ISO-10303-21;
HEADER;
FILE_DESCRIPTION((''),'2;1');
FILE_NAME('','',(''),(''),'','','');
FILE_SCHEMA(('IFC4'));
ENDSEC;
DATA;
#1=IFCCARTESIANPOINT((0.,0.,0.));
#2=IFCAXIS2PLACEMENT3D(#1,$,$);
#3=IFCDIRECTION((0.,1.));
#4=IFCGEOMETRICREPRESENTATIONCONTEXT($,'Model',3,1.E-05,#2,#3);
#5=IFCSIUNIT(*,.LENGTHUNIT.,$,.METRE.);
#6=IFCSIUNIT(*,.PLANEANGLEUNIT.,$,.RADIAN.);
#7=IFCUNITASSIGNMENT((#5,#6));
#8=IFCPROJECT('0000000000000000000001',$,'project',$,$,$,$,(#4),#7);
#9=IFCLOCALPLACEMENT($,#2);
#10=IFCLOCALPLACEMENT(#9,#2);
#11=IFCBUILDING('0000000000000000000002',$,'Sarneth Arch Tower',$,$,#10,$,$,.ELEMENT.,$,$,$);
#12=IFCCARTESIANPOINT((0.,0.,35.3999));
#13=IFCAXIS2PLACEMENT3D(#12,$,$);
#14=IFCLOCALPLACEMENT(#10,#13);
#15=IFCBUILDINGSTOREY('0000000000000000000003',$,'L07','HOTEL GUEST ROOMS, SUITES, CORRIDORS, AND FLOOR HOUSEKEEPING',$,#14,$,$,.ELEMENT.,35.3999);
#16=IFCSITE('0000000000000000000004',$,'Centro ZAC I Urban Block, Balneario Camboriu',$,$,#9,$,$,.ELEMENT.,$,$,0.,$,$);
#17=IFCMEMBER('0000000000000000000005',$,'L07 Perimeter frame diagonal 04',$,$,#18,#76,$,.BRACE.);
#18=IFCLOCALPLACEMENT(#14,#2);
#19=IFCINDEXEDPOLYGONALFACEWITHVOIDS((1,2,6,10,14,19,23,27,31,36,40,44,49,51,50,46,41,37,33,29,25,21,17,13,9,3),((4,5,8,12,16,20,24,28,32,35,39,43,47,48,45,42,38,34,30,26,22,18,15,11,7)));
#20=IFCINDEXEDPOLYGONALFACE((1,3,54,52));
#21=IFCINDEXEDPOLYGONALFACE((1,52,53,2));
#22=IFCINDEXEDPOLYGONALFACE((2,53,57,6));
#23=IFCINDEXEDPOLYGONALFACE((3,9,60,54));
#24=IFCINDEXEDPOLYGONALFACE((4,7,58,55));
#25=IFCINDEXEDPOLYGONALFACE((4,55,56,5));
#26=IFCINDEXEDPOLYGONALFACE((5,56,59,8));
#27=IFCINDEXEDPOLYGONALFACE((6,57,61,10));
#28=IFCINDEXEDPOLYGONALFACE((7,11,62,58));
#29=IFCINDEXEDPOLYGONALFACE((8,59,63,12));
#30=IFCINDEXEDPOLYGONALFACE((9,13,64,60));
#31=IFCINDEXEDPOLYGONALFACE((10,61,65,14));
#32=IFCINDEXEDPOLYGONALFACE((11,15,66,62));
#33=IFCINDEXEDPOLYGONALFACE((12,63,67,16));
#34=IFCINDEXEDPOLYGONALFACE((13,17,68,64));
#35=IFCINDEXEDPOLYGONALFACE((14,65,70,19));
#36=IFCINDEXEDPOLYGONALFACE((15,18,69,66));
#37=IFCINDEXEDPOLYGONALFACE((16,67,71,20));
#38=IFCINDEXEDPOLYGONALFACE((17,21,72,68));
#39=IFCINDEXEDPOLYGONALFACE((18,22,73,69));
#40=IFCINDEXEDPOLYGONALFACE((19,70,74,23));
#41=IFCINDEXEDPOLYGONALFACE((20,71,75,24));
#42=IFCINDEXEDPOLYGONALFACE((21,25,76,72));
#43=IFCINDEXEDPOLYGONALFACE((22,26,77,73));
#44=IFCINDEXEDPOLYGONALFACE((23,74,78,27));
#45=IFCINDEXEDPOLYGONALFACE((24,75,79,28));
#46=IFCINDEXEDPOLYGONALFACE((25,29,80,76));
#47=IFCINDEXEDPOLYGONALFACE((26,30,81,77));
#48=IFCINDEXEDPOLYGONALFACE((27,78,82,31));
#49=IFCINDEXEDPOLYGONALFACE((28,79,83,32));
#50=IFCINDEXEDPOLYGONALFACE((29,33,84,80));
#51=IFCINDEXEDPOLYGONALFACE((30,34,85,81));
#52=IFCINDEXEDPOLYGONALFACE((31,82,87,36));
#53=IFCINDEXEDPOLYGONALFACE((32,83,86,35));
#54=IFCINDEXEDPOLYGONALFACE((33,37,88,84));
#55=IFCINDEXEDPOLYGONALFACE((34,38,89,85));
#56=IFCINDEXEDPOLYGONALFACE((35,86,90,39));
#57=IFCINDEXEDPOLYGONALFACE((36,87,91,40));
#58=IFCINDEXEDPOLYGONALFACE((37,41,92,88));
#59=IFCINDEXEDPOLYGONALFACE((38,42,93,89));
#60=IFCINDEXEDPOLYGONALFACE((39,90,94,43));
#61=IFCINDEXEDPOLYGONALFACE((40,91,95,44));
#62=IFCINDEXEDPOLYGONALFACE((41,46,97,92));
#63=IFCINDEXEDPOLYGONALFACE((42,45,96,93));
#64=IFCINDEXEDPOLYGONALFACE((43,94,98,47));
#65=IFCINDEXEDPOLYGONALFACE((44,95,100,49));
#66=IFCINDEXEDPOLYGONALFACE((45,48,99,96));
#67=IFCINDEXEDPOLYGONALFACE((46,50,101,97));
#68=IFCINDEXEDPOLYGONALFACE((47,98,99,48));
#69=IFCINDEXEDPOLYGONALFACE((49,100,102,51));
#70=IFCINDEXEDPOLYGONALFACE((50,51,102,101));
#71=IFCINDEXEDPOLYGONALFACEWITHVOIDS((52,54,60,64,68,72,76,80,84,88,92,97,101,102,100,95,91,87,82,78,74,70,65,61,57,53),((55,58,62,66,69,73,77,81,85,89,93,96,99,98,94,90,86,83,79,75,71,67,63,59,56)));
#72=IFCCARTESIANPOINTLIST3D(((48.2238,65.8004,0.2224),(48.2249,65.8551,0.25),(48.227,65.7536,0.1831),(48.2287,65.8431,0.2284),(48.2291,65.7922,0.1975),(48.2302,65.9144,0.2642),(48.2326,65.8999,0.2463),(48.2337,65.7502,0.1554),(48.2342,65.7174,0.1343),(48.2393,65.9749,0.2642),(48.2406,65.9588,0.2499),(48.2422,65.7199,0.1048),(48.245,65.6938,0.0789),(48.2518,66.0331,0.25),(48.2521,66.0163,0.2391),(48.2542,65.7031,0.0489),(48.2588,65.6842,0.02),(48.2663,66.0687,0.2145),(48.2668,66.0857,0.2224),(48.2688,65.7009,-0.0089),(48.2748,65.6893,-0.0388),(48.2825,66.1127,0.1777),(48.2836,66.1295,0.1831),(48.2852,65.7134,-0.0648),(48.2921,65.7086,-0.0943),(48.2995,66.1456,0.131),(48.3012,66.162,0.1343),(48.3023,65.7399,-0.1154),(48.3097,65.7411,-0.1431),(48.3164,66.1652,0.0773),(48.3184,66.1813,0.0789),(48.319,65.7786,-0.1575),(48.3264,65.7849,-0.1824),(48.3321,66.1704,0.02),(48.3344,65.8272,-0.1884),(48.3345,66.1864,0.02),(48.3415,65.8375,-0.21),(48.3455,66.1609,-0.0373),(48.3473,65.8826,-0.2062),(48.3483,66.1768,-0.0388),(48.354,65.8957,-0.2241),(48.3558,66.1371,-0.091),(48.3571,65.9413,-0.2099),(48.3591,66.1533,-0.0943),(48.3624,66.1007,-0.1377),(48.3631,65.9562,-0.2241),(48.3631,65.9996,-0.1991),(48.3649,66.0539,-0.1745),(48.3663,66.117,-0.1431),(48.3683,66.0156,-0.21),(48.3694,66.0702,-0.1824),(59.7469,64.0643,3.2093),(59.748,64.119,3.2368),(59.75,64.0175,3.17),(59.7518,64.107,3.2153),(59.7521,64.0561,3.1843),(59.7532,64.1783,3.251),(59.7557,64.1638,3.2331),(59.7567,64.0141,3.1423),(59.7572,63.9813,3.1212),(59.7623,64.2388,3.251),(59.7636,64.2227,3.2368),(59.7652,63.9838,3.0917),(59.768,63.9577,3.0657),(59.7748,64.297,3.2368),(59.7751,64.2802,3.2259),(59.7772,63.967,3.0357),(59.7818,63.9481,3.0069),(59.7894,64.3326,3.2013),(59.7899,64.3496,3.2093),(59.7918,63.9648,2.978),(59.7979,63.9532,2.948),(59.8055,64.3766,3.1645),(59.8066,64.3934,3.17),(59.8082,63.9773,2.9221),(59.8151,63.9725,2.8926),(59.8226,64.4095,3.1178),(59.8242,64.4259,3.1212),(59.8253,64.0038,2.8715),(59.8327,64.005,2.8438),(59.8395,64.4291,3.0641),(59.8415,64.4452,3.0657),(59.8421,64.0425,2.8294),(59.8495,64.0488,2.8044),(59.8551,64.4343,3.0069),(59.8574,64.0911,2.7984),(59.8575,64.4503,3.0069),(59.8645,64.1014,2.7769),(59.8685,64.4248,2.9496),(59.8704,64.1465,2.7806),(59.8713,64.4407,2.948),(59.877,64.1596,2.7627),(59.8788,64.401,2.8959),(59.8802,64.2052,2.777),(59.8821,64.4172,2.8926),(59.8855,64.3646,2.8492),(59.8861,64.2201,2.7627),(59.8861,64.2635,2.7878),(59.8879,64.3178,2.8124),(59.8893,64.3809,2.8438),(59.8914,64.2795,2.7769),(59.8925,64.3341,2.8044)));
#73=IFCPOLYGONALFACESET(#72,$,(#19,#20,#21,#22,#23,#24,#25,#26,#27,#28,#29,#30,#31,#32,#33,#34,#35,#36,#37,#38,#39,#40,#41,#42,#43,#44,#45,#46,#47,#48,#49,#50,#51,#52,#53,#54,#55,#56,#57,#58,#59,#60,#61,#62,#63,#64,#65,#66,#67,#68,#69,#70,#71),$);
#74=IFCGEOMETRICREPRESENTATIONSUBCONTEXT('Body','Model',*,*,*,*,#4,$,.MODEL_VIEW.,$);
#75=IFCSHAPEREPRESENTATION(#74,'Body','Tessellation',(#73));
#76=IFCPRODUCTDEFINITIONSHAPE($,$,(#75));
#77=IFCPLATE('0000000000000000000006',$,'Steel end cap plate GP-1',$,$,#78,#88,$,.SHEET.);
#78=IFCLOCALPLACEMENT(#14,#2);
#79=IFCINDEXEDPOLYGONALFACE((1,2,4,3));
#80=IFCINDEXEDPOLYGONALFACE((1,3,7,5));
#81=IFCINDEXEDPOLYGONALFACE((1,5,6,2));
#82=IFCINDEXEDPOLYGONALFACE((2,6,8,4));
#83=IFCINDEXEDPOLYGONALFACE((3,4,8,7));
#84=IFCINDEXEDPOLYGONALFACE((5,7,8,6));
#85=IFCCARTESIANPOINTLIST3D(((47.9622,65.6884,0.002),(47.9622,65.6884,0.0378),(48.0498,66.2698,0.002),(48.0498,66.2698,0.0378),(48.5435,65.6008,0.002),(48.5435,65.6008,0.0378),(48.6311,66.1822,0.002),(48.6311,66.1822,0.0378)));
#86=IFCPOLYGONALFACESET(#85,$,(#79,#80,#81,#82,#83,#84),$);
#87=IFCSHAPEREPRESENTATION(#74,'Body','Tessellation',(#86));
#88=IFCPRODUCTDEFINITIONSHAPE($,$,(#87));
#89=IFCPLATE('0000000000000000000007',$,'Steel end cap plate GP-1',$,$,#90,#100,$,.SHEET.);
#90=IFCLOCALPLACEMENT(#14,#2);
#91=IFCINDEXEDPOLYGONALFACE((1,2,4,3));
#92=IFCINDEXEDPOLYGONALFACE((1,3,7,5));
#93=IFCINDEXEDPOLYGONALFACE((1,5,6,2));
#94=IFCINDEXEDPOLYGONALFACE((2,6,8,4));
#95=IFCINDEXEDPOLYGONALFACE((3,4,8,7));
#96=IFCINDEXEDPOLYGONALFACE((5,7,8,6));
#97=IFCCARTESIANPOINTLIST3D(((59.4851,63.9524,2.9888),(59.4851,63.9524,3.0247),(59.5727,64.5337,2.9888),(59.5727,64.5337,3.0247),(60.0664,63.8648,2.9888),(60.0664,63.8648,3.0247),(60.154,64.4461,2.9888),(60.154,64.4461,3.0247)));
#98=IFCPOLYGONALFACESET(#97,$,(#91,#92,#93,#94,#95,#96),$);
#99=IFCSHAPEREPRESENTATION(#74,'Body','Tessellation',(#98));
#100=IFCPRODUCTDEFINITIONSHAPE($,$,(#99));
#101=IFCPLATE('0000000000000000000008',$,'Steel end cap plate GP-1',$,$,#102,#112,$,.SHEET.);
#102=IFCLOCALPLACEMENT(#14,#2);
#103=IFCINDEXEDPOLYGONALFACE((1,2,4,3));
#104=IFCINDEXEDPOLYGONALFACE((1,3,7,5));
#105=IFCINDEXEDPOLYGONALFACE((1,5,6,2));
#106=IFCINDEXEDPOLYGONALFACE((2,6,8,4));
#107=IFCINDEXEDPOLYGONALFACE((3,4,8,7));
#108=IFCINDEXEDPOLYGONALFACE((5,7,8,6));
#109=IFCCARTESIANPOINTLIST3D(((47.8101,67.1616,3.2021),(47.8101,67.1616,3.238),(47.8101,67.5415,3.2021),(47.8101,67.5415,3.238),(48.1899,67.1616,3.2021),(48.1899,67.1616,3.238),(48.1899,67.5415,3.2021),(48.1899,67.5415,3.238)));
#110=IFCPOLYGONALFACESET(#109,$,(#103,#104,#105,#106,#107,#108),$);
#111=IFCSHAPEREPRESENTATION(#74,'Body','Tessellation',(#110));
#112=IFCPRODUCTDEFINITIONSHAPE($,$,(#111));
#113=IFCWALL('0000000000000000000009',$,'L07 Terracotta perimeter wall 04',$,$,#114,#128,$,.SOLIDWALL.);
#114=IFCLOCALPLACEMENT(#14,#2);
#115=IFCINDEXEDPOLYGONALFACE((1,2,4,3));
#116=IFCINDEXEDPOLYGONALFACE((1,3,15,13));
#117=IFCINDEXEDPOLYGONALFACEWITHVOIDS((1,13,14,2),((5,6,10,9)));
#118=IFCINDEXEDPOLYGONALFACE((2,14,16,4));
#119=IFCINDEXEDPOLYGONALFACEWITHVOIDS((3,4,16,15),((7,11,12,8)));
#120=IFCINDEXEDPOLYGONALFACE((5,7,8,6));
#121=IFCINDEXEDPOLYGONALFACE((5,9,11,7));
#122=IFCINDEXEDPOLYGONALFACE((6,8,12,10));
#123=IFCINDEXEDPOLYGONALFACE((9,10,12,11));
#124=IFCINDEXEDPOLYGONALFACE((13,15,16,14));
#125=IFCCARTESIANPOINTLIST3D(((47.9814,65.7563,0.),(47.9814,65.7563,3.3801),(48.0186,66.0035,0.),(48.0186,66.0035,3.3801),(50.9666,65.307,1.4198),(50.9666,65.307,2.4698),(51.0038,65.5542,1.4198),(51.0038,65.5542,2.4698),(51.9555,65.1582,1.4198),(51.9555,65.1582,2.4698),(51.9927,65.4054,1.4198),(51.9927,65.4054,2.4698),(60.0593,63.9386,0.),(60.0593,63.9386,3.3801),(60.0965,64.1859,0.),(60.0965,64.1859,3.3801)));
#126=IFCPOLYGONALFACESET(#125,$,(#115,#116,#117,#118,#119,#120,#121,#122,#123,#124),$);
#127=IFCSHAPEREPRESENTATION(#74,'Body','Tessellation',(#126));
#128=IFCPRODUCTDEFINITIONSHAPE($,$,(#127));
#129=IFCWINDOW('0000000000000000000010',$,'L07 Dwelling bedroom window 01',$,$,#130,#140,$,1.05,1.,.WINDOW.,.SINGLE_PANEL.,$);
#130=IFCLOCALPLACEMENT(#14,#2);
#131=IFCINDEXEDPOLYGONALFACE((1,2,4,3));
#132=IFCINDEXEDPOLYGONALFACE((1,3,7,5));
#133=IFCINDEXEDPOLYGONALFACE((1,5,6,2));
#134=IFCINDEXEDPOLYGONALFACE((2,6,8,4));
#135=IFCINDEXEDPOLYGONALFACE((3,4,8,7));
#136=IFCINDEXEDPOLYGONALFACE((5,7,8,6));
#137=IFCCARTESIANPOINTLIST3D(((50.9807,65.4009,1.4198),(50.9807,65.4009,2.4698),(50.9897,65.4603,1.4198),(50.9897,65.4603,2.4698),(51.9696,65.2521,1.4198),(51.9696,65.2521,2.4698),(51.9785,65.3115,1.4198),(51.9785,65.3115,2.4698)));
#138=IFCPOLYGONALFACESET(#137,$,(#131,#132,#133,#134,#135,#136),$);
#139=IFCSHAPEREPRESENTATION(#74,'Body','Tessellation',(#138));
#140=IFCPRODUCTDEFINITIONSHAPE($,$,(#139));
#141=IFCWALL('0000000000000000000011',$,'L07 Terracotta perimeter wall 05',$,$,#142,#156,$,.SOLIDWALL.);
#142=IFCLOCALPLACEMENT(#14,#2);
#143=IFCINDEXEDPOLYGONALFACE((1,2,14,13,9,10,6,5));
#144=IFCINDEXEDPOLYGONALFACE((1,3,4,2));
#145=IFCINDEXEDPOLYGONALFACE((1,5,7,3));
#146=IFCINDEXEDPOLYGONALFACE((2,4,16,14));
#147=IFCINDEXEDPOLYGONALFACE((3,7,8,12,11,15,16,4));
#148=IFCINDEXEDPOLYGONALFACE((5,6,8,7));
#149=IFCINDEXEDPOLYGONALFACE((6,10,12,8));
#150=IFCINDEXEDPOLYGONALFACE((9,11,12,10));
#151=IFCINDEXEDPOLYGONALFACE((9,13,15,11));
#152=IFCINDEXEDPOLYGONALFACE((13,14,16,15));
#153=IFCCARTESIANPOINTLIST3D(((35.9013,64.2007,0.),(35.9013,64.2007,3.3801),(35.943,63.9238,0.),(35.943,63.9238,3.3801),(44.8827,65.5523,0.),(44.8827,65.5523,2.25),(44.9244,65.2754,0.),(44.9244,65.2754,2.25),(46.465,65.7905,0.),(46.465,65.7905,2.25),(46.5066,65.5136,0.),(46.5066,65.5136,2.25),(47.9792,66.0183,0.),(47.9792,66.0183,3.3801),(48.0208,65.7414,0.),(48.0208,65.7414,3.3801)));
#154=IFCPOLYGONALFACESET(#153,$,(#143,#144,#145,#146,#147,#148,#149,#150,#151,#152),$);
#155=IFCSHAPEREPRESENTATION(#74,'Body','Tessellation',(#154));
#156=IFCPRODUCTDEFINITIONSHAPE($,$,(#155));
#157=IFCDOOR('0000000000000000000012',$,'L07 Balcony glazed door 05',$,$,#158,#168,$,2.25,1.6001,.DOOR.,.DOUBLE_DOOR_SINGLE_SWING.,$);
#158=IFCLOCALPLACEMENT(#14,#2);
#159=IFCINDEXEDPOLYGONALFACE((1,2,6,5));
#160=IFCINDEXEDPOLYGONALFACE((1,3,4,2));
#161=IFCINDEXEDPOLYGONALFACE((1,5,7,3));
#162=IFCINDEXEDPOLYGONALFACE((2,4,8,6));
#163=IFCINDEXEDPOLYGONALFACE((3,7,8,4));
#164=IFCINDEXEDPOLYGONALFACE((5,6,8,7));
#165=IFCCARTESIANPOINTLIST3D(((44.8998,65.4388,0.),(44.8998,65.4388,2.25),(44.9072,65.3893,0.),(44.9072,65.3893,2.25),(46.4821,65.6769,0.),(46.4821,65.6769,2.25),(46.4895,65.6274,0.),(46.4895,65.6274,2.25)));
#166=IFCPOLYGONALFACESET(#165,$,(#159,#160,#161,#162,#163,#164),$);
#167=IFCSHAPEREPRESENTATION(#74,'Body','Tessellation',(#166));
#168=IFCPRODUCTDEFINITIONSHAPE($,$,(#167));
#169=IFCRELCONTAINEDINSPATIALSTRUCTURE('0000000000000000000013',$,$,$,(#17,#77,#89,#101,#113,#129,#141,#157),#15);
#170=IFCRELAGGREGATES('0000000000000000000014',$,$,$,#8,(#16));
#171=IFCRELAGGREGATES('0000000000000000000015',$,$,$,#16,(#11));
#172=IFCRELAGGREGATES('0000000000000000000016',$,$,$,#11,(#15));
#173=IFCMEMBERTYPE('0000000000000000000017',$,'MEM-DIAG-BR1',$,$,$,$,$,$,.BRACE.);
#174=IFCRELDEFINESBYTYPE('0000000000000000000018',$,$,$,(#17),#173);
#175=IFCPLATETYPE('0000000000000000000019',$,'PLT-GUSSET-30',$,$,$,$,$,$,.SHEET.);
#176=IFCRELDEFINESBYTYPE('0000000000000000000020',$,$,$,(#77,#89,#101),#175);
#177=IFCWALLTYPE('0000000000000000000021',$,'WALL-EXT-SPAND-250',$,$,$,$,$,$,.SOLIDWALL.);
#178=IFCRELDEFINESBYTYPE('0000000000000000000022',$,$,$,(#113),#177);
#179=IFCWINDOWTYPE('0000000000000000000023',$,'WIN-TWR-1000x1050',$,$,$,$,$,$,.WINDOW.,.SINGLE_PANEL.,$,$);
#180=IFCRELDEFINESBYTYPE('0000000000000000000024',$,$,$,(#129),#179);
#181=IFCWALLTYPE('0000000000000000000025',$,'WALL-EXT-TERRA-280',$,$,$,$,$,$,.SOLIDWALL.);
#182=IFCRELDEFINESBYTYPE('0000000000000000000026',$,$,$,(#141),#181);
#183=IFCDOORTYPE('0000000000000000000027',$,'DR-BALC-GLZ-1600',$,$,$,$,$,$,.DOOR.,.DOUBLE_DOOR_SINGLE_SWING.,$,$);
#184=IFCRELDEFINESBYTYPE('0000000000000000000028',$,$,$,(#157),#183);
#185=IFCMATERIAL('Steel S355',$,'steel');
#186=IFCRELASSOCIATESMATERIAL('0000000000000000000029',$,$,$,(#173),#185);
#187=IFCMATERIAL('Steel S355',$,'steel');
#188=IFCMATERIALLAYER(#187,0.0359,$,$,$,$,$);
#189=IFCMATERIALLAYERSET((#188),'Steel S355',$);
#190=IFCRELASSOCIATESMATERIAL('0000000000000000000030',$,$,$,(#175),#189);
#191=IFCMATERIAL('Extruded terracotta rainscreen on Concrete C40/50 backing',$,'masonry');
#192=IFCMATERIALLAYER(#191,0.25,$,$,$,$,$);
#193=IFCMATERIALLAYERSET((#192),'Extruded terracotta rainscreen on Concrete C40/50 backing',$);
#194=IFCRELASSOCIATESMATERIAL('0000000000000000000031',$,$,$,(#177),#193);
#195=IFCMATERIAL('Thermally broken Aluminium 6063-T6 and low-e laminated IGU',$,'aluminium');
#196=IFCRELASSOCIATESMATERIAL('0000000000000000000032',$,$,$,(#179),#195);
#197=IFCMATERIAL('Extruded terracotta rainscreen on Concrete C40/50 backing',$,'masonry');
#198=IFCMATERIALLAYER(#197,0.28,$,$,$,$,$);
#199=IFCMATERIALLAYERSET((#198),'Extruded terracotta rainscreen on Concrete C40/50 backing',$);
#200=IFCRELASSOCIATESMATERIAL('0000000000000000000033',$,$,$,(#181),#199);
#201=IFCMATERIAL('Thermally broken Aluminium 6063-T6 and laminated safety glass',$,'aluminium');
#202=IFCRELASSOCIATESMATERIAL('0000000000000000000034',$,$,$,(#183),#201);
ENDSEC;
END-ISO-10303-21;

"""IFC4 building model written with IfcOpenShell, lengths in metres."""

from ifc_helpers import new_model, si_unit, direction, frame, frame_2d, origin, origin_2d, place, context, subcontext, project, spatial, rectangle, hollow_circle, extrude, material, layer, layer_set, material_profile, profile_set, type_object, element, fill, save


model = new_model("IFC4")

# Units and contexts
model_context = context("Model", 3, precision=1e-05, world=origin(), true_north=direction((0.0, 1.0)))
body_context = subcontext(model_context, "Body", "Model", "MODEL_VIEW")
ifc_project = project(units=[si_unit("LENGTHUNIT", "METRE"), si_unit("PLANEANGLEUNIT", "RADIAN")], contexts=[model_context])

# Site, building, storey
site_placement = place(None, origin())
site = spatial("IfcSite", under=ifc_project, at=site_placement, Name="Centro ZAC I Urban Block, Balneario Camboriu", CompositionType="ELEMENT", RefElevation=0.0)
building_placement = place(site_placement, origin())
building = spatial("IfcBuilding", under=site, at=building_placement, Name="Sarneth Arch Tower", CompositionType="ELEMENT")
storey_placement = place(building_placement, frame((0.0, 0.0, 35.3999)))
storey = spatial("IfcBuildingStorey", under=building, at=storey_placement, Name="L07", Description="HOTEL GUEST ROOMS, SUITES, CORRIDORS, AND FLOOR HOUSEKEEPING", CompositionType="ELEMENT", Elevation=35.3999)

# Member
ifc_material_1 = material(Name="Steel S355", Category="steel")
ifc_material_profile_1 = material_profile(ifc_material_1, hollow_circle(Radius=0.2539, WallThickness=0.0161, at=origin_2d()), Name="CHS508x16")
ifc_profile_set_1 = profile_set([ifc_material_profile_1], Name="Steel S355")
member_type_1 = type_object("IfcMemberType", Name="MEM-DIAG-BR1", PredefinedType="BRACE", material=ifc_profile_set_1)
member_1_placement = place(storey_placement, frame((48.2966, 65.9353, 0.02), z_axis=(0.957876, -0.144317, 0.248287), x_axis=(0.148982, 0.98884, 0.0)))
element("IfcMember", 1, at=member_1_placement, inside=storey, type_object=member_type_1, Name="L07 Perimeter frame diagonal 04", PredefinedType="BRACE", context=body_context, shape_type="SweptSolid", body=[
    extrude(hollow_circle(Radius=0.2539, WallThickness=0.0161, at=origin_2d()), origin(), (0.0, 0.0, 1.0), 12.0298),
])

# Plates
ifc_material_2 = material(Name="Steel S355", Category="steel")
ifc_layer_1 = layer(ifc_material_2, 0.0359)
ifc_layer_set_1 = layer_set([ifc_layer_1], Name="Steel S355")
plate_type = type_object("IfcPlateType", Name="PLT-GUSSET-30", PredefinedType="SHEET", material=ifc_layer_set_1)
for number, where, z_axis, x_axis, name in (
    (2, (48.2966, 65.9353, 0.002), (0.0, 0.0, 1.0), (-0.988835, 0.149018, 0.0), "Steel end cap plate GP-1"),
    (3, (59.8196, 64.1992, 2.9888), (0.0, 0.0, 1.0), (-0.988835, 0.149018, 0.0), "Steel end cap plate GP-1"),
):
    element("IfcPlate", number, at=place(storey_placement, frame(where, z_axis=z_axis, x_axis=x_axis)), inside=storey, type_object=plate_type, Name=name, PredefinedType="SHEET", context=body_context, shape_type="SweptSolid", body=[
        extrude(rectangle(XDim=0.5879, YDim=0.5879, at=origin_2d()), origin(), (0.0, 0.0, 1.0), 0.0359),
    ])
plate_placement = place(storey_placement, frame((48.0, 67.3516, 3.2021), z_axis=(0.0, 0.0, 1.0), x_axis=(0.0, 1.0, 0.0)))
element("IfcPlate", 4, at=plate_placement, inside=storey, type_object=plate_type, Name="Steel end cap plate GP-1", PredefinedType="SHEET", context=body_context, shape_type="SweptSolid", body=[
    extrude(rectangle(XDim=0.3799, YDim=0.3799, at=origin_2d()), origin(), (0.0, 0.0, 1.0), 0.0359),
])

# Wall, opening, window
ifc_material_3 = material(Name="Extruded terracotta rainscreen on Concrete C40/50 backing", Category="masonry")
ifc_layer_2 = layer(ifc_material_3, 0.25)
ifc_layer_set_2 = layer_set([ifc_layer_2], Name="Extruded terracotta rainscreen on Concrete C40/50 backing")
wall_type_1 = type_object("IfcWallType", Name="WALL-EXT-SPAND-250", PredefinedType="SOLIDWALL", material=ifc_layer_set_2)
wall_1_placement = place(storey_placement, frame((60.0779, 64.0623, 0.0), z_axis=(0.0, 0.0, 1.0), x_axis=(-0.988865, 0.148816, 0.0)))
wall_1 = element("IfcWall", 5, at=wall_1_placement, inside=storey, type_object=wall_type_1, Name="L07 Terracotta perimeter wall 04", PredefinedType="SOLIDWALL", context=body_context, shape_type="SweptSolid", body=[
    extrude(rectangle(XDim=12.2139, YDim=0.25, at=frame_2d((6.1069, 0.0))), origin(), (0.0, 0.0, 1.0), 3.3801),
])
opening_1_placement = place(wall_1_placement, frame((8.1951, 0.0, 1.4199)))
opening_1 = element("IfcOpeningElement", 6, at=opening_1_placement, cuts=wall_1, PredefinedType="OPENING", context=body_context, shape_type="SweptSolid", body=[
    extrude(rectangle(XDim=1.0, YDim=1.05, at=frame_2d((0.5, 0.5249))), frame((0.0, 0.135, 0.0), z_axis=(0.0, -1.0, 0.0), x_axis=(1.0, 0.0, 0.0)), (0.0, 0.0, 1.0), 0.27),
])
ifc_material_4 = material(Name="Thermally broken Aluminium 6063-T6 and low-e laminated IGU", Category="aluminium")
window_type = type_object("IfcWindowType", Name="WIN-TWR-1000x1050", PartitioningType="SINGLE_PANEL", PredefinedType="WINDOW", material=ifc_material_4)
window_placement = place(opening_1_placement, origin())
window = element("IfcWindow", 7, at=window_placement, inside=storey, type_object=window_type, Name="L07 Dwelling bedroom window 01", OverallHeight=1.05, OverallWidth=1.0, PartitioningType="SINGLE_PANEL", PredefinedType="WINDOW", context=body_context, shape_type="SweptSolid", body=[
    extrude(rectangle(XDim=1.0, YDim=1.05, at=frame_2d((0.5, 0.5249))), frame((0.0, 0.03, 0.0), z_axis=(0.0, -1.0, 0.0), x_axis=(1.0, 0.0, 0.0)), (0.0, 0.0, 1.0), 0.0601),
])
fill(opening_1, window)

# Wall, opening, door
ifc_material_5 = material(Name="Extruded terracotta rainscreen on Concrete C40/50 backing", Category="masonry")
ifc_layer_3 = layer(ifc_material_5, 0.28)
ifc_layer_set_3 = layer_set([ifc_layer_3], Name="Extruded terracotta rainscreen on Concrete C40/50 backing")
wall_type_2 = type_object("IfcWallType", Name="WALL-EXT-TERRA-280", PredefinedType="SOLIDWALL", material=ifc_layer_set_3)
wall_2_placement = place(storey_placement, frame((48.0, 65.8799, 0.0), z_axis=(0.0, 0.0, 1.0), x_axis=(-0.988865, -0.148816, 0.0)))
wall_2 = element("IfcWall", 8, at=wall_2_placement, inside=storey, type_object=wall_type_2, Name="L07 Terracotta perimeter wall 05", PredefinedType="SOLIDWALL", context=body_context, shape_type="SweptSolid", body=[
    extrude(rectangle(XDim=12.2139, YDim=0.28, at=frame_2d((6.1069, 0.0))), origin(), (0.0, 0.0, 1.0), 3.3801),
])
opening_2_placement = place(wall_2_placement, frame((1.5312, 0.0, 0.0)))
opening_2 = element("IfcOpeningElement", 9, at=opening_2_placement, cuts=wall_2, PredefinedType="OPENING", context=body_context, shape_type="SweptSolid", body=[
    extrude(rectangle(XDim=1.6001, YDim=2.25, at=frame_2d((0.8, 1.125))), frame((0.0, 0.1499, 0.0), z_axis=(0.0, -1.0, 0.0), x_axis=(1.0, 0.0, 0.0)), (0.0, 0.0, 1.0), 0.3),
])
ifc_material_6 = material(Name="Thermally broken Aluminium 6063-T6 and laminated safety glass", Category="aluminium")
door_type_1 = type_object("IfcDoorType", Name="DR-BALC-GLZ-1600", OperationType="DOUBLE_DOOR_SINGLE_SWING", PredefinedType="DOOR", material=ifc_material_6)
door_1_placement = place(opening_2_placement, origin())
door_1 = element("IfcDoor", 10, at=door_1_placement, inside=storey, type_object=door_type_1, Name="L07 Balcony glazed door 05", OperationType="DOUBLE_DOOR_SINGLE_SWING", OverallHeight=2.25, OverallWidth=1.6001, PredefinedType="DOOR", context=body_context, shape_type="SweptSolid", body=[
    extrude(rectangle(XDim=1.6001, YDim=2.25, at=frame_2d((0.8, 1.125))), frame((0.0, 0.0249, 0.0), z_axis=(0.0, -1.0, 0.0), x_axis=(1.0, 0.0, 0.0)), (0.0, 0.0, 1.0), 0.05),
])
fill(opening_2, door_1)

save(model, "model.ifc")
